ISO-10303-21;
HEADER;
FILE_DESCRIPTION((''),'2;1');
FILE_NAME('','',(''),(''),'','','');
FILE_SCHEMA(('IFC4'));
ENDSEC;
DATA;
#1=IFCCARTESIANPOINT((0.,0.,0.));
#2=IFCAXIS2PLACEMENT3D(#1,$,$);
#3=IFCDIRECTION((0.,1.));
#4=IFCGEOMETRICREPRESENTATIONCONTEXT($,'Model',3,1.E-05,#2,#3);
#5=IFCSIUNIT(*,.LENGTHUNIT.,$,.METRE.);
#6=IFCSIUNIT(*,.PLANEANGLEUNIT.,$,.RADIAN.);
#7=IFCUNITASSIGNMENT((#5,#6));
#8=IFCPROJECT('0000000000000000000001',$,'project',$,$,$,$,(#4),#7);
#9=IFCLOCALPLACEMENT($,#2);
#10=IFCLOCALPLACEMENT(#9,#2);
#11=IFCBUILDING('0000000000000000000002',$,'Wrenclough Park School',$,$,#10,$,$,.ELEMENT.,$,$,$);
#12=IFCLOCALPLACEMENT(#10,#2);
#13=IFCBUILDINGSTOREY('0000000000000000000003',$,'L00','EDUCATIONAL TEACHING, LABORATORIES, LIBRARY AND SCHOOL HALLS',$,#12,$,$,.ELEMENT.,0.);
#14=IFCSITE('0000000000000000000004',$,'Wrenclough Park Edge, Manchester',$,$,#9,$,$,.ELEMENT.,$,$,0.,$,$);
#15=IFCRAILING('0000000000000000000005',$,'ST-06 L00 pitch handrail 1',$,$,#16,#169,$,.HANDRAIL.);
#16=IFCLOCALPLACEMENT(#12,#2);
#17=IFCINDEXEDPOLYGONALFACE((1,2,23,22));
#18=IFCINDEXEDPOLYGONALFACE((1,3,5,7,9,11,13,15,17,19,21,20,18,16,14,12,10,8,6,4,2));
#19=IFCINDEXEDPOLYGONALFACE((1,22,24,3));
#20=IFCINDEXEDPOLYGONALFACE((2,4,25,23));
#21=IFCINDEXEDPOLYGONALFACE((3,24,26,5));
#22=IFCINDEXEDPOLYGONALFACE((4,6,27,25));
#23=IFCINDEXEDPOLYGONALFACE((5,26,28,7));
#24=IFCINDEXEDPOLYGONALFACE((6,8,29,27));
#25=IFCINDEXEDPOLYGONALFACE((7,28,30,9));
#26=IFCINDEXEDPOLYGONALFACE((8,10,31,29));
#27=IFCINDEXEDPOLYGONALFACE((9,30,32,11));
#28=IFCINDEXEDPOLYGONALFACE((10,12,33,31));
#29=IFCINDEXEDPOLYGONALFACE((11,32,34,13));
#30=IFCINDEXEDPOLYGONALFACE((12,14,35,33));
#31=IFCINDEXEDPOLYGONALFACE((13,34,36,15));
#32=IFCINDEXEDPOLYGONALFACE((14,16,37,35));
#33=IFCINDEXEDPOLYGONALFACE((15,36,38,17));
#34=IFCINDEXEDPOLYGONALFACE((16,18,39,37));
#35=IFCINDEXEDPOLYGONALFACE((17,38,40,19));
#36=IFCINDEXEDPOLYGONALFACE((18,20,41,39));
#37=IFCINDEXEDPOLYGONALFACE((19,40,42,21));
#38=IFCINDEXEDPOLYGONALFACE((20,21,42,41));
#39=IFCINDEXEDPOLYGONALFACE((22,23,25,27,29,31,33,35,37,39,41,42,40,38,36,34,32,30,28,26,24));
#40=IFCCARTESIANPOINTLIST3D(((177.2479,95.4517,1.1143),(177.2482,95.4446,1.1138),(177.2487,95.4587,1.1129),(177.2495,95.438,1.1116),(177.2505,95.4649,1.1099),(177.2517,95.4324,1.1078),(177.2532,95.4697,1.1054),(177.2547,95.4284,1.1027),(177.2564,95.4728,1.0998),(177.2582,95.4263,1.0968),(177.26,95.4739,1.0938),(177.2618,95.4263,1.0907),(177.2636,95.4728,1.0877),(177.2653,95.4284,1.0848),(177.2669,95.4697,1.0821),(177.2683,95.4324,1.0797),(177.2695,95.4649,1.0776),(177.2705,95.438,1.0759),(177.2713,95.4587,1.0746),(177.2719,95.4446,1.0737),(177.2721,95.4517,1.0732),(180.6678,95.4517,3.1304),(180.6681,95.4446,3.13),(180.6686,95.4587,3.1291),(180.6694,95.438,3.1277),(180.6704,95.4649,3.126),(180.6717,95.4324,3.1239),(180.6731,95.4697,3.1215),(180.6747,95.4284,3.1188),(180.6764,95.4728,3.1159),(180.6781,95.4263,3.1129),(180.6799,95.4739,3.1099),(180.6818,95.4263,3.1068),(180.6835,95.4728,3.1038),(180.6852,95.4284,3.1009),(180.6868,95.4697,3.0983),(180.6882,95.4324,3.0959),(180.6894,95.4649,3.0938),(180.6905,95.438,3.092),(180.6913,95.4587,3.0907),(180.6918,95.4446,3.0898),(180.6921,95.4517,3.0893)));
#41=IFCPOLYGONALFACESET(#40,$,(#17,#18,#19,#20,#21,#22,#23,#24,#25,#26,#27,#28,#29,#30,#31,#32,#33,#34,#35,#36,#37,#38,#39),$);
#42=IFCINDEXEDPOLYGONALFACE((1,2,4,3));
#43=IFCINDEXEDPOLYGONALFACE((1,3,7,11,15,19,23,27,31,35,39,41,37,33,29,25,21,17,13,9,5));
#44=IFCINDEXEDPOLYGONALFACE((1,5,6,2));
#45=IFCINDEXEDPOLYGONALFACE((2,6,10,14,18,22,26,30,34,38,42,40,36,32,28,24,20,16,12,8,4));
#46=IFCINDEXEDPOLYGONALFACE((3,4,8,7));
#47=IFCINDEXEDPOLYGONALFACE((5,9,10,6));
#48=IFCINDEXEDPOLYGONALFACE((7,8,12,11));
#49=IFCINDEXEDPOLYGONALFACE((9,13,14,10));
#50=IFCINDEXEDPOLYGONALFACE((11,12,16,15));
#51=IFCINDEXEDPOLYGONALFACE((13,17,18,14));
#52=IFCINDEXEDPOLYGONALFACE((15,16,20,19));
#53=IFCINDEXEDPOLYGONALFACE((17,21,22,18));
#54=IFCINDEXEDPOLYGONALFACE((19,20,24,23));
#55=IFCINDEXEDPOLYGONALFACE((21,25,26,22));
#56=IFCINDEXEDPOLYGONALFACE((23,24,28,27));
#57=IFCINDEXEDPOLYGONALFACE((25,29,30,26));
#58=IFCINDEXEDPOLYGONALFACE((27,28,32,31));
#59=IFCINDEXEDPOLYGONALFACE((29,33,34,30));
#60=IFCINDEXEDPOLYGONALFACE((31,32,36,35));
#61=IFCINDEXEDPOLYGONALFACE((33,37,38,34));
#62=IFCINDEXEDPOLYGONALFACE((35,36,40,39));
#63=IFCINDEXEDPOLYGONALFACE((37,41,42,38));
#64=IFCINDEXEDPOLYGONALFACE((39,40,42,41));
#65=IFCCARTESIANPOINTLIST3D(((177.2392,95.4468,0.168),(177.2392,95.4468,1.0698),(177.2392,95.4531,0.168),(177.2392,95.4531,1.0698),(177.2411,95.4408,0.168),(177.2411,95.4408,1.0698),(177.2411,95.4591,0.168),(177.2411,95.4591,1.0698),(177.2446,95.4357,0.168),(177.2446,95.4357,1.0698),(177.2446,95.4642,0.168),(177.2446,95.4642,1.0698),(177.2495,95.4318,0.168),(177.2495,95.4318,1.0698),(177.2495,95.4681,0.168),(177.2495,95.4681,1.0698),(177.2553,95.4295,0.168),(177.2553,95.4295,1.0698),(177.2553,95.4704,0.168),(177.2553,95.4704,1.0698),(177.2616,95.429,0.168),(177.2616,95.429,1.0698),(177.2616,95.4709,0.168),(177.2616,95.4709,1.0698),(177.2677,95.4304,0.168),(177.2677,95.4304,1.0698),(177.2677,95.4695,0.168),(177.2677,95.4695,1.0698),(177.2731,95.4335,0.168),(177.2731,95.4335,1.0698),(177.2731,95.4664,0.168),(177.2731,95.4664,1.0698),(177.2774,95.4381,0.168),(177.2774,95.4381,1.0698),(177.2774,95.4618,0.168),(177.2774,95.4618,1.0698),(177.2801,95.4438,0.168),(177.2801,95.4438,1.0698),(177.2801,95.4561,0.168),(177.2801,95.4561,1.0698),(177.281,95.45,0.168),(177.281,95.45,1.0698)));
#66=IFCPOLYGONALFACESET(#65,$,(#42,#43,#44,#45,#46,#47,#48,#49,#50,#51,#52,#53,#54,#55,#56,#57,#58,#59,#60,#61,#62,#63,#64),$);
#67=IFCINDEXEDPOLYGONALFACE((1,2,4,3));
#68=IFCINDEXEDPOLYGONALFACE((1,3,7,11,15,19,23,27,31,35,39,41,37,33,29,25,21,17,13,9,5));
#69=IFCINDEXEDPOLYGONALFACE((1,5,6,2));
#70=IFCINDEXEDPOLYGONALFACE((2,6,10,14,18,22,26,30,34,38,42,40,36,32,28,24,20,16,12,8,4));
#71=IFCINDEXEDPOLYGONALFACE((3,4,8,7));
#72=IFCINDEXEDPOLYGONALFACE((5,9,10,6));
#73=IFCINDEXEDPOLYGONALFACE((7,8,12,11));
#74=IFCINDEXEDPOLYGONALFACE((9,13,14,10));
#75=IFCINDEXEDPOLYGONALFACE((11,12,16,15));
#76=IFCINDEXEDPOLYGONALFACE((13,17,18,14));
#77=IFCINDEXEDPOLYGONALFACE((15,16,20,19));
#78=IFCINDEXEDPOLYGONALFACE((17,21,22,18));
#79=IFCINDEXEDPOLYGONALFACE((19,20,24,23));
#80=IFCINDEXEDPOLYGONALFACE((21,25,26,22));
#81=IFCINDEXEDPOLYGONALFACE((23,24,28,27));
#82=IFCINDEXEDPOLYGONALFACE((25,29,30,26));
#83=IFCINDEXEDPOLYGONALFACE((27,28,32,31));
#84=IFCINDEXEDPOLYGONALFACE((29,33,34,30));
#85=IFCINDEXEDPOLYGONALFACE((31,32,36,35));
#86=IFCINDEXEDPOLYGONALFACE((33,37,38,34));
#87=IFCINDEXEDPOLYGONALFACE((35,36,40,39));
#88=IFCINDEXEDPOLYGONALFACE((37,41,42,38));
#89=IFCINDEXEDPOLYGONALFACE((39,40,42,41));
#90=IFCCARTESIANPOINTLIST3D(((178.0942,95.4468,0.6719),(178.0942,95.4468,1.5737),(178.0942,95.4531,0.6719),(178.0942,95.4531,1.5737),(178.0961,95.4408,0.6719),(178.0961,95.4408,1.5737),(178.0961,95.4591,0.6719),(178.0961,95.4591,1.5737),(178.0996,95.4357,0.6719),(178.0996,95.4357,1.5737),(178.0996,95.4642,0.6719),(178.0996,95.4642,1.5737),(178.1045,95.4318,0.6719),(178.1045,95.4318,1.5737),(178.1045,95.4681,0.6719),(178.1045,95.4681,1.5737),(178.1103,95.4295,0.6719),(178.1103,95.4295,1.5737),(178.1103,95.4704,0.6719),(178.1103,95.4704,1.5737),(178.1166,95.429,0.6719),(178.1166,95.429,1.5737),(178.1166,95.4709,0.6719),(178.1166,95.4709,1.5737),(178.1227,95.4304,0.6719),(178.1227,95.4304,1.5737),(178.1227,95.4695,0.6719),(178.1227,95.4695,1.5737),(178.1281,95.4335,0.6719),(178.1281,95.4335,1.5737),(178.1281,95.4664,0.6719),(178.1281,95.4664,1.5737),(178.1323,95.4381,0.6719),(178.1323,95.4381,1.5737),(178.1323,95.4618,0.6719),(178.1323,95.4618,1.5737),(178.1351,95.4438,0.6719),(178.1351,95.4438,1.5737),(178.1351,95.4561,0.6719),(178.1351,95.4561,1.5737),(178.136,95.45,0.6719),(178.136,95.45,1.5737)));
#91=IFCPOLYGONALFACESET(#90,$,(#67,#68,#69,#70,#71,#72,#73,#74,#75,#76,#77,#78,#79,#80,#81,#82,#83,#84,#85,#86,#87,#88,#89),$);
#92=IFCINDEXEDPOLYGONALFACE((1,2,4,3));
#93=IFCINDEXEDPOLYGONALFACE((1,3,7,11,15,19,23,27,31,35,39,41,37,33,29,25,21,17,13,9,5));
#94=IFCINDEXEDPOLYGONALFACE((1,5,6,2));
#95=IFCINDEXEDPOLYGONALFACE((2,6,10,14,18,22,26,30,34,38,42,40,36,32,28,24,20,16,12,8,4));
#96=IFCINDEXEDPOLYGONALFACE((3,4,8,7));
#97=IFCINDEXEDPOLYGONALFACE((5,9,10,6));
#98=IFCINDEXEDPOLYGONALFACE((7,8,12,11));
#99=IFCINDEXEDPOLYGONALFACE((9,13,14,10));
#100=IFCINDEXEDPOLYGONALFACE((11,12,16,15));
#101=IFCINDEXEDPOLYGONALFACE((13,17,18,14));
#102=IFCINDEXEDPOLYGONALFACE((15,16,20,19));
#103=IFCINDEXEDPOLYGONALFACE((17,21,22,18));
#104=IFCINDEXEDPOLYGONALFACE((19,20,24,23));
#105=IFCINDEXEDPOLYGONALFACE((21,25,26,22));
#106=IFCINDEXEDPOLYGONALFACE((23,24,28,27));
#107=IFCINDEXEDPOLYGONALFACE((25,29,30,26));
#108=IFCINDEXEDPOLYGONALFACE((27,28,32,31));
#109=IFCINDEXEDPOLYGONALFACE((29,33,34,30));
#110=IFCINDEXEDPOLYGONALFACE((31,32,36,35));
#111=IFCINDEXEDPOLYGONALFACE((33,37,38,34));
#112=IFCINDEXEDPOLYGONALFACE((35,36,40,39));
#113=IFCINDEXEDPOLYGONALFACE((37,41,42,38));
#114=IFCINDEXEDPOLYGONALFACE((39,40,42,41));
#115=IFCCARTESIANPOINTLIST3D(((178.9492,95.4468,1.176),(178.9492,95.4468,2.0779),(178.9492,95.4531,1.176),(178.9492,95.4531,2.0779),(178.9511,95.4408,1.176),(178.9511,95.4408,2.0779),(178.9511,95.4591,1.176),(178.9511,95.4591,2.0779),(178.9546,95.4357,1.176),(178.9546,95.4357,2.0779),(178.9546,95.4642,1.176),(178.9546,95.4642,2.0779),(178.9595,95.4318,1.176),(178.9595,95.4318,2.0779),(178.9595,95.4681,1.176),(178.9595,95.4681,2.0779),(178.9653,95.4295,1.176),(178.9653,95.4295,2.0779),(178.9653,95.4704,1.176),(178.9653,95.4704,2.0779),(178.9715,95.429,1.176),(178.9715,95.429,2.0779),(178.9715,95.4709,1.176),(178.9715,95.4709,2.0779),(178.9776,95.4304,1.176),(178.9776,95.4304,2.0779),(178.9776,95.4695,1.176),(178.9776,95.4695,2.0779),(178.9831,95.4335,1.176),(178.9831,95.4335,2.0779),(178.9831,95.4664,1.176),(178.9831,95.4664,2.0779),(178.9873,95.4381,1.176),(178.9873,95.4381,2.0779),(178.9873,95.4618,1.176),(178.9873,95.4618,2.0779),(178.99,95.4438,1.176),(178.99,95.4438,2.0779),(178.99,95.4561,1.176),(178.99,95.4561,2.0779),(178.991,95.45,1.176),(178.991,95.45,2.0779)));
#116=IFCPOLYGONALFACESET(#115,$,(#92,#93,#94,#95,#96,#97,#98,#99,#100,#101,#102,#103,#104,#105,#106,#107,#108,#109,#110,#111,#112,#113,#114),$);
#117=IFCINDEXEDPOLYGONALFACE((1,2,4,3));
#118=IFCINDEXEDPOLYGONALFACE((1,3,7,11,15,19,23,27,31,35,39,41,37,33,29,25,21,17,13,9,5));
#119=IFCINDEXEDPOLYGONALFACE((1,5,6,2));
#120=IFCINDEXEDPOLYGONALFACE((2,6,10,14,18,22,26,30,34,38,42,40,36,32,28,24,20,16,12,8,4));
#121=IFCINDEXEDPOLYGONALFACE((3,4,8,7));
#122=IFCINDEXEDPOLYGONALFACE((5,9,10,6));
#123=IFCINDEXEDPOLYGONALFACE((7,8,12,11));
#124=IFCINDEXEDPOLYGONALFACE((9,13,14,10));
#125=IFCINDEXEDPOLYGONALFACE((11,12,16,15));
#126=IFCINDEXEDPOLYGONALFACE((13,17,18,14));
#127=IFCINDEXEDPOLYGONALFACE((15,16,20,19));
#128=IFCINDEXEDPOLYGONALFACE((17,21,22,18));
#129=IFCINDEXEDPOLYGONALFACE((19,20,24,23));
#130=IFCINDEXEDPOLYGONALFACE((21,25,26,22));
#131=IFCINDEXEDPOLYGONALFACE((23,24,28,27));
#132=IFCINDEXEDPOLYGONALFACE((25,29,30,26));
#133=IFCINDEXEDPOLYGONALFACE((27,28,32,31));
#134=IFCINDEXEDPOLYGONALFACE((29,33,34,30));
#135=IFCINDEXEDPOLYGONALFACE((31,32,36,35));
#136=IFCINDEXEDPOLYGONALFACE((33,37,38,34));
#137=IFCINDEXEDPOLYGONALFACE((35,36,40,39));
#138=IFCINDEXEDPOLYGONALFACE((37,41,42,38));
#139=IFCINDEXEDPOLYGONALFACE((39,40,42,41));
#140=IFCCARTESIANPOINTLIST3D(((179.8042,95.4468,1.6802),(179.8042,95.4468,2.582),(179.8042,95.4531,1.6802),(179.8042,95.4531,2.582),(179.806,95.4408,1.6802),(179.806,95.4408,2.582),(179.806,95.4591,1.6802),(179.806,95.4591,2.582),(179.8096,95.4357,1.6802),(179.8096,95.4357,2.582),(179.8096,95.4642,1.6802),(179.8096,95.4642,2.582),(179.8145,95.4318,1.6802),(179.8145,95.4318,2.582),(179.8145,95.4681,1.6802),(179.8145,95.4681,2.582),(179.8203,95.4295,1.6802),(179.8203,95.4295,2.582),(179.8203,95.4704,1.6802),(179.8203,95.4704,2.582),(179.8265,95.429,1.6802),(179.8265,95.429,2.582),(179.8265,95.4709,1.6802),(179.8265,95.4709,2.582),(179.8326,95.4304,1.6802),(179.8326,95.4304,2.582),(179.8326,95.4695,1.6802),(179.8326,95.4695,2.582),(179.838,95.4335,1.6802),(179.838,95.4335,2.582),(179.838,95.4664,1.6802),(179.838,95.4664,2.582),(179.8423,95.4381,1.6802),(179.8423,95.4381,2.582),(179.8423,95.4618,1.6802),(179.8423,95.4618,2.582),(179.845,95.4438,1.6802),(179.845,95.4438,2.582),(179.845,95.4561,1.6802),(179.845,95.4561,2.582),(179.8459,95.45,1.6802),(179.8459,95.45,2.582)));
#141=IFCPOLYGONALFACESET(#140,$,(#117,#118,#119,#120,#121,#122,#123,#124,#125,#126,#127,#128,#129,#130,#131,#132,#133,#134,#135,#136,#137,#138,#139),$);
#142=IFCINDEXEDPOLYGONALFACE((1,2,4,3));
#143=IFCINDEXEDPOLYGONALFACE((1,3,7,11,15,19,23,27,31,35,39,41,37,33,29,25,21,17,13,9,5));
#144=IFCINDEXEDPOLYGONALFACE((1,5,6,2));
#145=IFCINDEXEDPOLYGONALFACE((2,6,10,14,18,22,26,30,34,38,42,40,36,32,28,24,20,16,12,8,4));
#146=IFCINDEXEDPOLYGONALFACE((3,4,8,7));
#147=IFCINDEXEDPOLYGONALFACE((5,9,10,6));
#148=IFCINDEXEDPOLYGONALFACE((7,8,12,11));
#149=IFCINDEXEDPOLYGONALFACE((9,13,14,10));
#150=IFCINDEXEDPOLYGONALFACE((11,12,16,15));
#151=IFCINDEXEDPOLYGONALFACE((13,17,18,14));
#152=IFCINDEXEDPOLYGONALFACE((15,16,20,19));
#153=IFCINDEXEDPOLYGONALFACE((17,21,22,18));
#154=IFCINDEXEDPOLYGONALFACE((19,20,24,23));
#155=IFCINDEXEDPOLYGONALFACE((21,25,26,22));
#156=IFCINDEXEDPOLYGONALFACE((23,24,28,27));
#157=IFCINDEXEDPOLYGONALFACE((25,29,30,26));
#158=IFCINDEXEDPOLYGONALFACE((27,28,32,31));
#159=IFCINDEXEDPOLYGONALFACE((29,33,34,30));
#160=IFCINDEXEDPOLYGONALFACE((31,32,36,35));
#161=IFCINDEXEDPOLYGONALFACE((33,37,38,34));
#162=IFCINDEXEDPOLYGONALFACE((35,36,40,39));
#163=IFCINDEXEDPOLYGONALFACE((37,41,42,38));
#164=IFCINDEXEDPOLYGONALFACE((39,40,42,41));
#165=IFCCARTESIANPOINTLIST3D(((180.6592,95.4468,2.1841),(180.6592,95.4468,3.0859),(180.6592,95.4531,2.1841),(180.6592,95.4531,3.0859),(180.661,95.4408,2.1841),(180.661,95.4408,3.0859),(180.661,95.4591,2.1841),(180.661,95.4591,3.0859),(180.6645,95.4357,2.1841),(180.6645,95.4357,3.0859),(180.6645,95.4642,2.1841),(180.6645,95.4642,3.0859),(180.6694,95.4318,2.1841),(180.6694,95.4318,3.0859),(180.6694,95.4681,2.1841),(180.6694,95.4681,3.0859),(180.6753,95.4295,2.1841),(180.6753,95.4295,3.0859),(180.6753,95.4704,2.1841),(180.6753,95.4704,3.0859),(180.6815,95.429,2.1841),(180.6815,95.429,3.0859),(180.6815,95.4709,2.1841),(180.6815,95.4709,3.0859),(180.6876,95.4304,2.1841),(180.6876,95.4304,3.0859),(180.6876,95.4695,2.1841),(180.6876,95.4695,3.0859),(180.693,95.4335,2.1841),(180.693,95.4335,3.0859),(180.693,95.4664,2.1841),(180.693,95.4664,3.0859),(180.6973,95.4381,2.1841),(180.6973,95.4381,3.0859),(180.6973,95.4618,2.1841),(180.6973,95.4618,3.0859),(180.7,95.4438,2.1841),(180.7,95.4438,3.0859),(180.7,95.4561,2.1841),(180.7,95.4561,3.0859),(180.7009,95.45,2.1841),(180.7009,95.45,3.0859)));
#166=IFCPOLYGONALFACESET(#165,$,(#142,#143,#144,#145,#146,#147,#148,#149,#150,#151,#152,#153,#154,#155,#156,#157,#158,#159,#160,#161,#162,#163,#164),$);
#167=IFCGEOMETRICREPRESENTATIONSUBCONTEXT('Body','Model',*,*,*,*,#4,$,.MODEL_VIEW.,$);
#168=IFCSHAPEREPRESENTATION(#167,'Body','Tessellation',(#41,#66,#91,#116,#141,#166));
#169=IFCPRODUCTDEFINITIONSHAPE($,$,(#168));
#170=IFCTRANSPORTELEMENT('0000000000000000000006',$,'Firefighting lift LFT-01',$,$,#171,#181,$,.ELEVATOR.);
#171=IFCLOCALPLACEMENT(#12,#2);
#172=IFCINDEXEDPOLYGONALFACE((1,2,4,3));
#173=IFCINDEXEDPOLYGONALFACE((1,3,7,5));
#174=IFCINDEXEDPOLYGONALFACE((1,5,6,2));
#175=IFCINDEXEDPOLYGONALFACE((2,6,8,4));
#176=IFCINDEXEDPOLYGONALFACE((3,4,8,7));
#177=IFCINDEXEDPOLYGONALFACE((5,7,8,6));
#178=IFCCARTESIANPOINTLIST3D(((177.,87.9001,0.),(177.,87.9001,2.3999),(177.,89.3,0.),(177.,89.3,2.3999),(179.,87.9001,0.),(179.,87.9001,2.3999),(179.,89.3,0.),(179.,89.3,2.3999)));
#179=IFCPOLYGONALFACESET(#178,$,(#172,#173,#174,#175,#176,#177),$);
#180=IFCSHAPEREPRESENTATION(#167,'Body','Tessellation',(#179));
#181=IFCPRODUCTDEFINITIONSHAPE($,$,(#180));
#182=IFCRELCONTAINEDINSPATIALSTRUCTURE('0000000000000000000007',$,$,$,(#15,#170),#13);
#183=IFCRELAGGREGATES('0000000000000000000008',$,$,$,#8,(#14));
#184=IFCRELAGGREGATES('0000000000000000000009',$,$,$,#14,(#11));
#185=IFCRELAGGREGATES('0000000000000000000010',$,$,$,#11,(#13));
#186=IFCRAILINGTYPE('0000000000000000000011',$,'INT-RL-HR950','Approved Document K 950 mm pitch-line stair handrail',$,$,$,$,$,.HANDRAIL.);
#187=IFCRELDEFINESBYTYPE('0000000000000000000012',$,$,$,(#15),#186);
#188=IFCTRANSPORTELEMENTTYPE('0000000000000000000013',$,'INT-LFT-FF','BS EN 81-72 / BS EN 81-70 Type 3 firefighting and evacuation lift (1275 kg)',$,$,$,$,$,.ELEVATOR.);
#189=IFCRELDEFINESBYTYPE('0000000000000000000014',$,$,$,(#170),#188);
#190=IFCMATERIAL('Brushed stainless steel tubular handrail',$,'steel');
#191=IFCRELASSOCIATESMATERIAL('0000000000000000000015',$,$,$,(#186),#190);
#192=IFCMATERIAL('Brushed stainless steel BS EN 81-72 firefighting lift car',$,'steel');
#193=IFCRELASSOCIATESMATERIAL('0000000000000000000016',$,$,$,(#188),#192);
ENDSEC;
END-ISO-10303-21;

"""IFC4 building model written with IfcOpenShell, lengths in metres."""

from ifc_helpers import new_model, si_unit, direction, frame, origin, origin_2d, place, context, subcontext, project, spatial, rectangle, circle, extrude, material, type_object, element, save


model = new_model("IFC4")

# Units and contexts
model_context = context("Model", 3, precision=1e-05, world=origin(), true_north=direction((0.0, 1.0)))
body_context = subcontext(model_context, "Body", "Model", "MODEL_VIEW")
ifc_project = project(units=[si_unit("LENGTHUNIT", "METRE"), si_unit("PLANEANGLEUNIT", "RADIAN")], contexts=[model_context])

# Site, building, storey
site_placement = place(None, origin())
site = spatial("IfcSite", under=ifc_project, at=site_placement, Name="Wrenclough Park Edge, Manchester", CompositionType="ELEMENT", RefElevation=0.0)
building_placement = place(site_placement, origin())
building = spatial("IfcBuilding", under=site, at=building_placement, Name="Wrenclough Park School", CompositionType="ELEMENT")
storey_placement = place(building_placement, origin())
storey = spatial("IfcBuildingStorey", under=building, at=storey_placement, Name="L00", Description="EDUCATIONAL TEACHING, LABORATORIES, LIBRARY AND SCHOOL HALLS", CompositionType="ELEMENT", Elevation=0.0)

# Railing
ifc_material_1 = material(Name="Brushed stainless steel tubular handrail", Category="steel")
railing_type_1 = type_object("IfcRailingType", Name="INT-RL-HR950", Description="Approved Document K 950 mm pitch-line stair handrail", PredefinedType="HANDRAIL", material=ifc_material_1)
railing_1_placement = place(storey_placement, frame((177.26, 95.45, 0.168)))
element("IfcRailing", 1, at=railing_1_placement, inside=storey, type_object=railing_type_1, Name="ST-06 L00 pitch handrail 1", PredefinedType="HANDRAIL", context=body_context, shape_type="SweptSolid", body=[
    extrude(circle(Radius=0.0239, at=origin_2d()), frame((0.0, 0.0, 0.9258), z_axis=(0.86145, 0.0, 0.507842), x_axis=(0.0, 1.0, 0.0)), (0.0, 0.0, 1.0), 3.97),
    extrude(circle(Radius=0.021, at=origin_2d()), origin(), (0.0, 0.0, 1.0), 0.9019),
    extrude(circle(Radius=0.021, at=origin_2d()), frame((0.855, 0.0, 0.5039)), (0.0, 0.0, 1.0), 0.9019),
    extrude(circle(Radius=0.021, at=origin_2d()), frame((1.71, 0.0, 1.0081)), (0.0, 0.0, 1.0), 0.9019),
    extrude(circle(Radius=0.021, at=origin_2d()), frame((2.5649, 0.0, 1.5122)), (0.0, 0.0, 1.0), 0.9019),
    extrude(circle(Radius=0.021, at=origin_2d()), frame((3.4199, 0.0, 2.0161)), (0.0, 0.0, 1.0), 0.9019),
])

# Transport element
ifc_material_2 = material(Name="Brushed stainless steel BS EN 81-72 firefighting lift car", Category="steel")
transport_element_type = type_object("IfcTransportElementType", Name="INT-LFT-FF", Description="BS EN 81-72 / BS EN 81-70 Type 3 firefighting and evacuation lift (1275 kg)", PredefinedType="ELEVATOR", material=ifc_material_2)
transport_element_placement = place(storey_placement, frame((178.0, 88.6001, 0.0), z_axis=(0.0, 0.0, 1.0), x_axis=(1.0, 0.0, 0.0)))
element("IfcTransportElement", 2, at=transport_element_placement, inside=storey, type_object=transport_element_type, Name="Firefighting lift LFT-01", PredefinedType="ELEVATOR", context=body_context, shape_type="SweptSolid", body=[
    extrude(rectangle(XDim=2.0, YDim=1.3999, at=origin_2d()), origin(), (0.0, 0.0, 1.0), 2.3999),
])

save(model, "model.ifc")
